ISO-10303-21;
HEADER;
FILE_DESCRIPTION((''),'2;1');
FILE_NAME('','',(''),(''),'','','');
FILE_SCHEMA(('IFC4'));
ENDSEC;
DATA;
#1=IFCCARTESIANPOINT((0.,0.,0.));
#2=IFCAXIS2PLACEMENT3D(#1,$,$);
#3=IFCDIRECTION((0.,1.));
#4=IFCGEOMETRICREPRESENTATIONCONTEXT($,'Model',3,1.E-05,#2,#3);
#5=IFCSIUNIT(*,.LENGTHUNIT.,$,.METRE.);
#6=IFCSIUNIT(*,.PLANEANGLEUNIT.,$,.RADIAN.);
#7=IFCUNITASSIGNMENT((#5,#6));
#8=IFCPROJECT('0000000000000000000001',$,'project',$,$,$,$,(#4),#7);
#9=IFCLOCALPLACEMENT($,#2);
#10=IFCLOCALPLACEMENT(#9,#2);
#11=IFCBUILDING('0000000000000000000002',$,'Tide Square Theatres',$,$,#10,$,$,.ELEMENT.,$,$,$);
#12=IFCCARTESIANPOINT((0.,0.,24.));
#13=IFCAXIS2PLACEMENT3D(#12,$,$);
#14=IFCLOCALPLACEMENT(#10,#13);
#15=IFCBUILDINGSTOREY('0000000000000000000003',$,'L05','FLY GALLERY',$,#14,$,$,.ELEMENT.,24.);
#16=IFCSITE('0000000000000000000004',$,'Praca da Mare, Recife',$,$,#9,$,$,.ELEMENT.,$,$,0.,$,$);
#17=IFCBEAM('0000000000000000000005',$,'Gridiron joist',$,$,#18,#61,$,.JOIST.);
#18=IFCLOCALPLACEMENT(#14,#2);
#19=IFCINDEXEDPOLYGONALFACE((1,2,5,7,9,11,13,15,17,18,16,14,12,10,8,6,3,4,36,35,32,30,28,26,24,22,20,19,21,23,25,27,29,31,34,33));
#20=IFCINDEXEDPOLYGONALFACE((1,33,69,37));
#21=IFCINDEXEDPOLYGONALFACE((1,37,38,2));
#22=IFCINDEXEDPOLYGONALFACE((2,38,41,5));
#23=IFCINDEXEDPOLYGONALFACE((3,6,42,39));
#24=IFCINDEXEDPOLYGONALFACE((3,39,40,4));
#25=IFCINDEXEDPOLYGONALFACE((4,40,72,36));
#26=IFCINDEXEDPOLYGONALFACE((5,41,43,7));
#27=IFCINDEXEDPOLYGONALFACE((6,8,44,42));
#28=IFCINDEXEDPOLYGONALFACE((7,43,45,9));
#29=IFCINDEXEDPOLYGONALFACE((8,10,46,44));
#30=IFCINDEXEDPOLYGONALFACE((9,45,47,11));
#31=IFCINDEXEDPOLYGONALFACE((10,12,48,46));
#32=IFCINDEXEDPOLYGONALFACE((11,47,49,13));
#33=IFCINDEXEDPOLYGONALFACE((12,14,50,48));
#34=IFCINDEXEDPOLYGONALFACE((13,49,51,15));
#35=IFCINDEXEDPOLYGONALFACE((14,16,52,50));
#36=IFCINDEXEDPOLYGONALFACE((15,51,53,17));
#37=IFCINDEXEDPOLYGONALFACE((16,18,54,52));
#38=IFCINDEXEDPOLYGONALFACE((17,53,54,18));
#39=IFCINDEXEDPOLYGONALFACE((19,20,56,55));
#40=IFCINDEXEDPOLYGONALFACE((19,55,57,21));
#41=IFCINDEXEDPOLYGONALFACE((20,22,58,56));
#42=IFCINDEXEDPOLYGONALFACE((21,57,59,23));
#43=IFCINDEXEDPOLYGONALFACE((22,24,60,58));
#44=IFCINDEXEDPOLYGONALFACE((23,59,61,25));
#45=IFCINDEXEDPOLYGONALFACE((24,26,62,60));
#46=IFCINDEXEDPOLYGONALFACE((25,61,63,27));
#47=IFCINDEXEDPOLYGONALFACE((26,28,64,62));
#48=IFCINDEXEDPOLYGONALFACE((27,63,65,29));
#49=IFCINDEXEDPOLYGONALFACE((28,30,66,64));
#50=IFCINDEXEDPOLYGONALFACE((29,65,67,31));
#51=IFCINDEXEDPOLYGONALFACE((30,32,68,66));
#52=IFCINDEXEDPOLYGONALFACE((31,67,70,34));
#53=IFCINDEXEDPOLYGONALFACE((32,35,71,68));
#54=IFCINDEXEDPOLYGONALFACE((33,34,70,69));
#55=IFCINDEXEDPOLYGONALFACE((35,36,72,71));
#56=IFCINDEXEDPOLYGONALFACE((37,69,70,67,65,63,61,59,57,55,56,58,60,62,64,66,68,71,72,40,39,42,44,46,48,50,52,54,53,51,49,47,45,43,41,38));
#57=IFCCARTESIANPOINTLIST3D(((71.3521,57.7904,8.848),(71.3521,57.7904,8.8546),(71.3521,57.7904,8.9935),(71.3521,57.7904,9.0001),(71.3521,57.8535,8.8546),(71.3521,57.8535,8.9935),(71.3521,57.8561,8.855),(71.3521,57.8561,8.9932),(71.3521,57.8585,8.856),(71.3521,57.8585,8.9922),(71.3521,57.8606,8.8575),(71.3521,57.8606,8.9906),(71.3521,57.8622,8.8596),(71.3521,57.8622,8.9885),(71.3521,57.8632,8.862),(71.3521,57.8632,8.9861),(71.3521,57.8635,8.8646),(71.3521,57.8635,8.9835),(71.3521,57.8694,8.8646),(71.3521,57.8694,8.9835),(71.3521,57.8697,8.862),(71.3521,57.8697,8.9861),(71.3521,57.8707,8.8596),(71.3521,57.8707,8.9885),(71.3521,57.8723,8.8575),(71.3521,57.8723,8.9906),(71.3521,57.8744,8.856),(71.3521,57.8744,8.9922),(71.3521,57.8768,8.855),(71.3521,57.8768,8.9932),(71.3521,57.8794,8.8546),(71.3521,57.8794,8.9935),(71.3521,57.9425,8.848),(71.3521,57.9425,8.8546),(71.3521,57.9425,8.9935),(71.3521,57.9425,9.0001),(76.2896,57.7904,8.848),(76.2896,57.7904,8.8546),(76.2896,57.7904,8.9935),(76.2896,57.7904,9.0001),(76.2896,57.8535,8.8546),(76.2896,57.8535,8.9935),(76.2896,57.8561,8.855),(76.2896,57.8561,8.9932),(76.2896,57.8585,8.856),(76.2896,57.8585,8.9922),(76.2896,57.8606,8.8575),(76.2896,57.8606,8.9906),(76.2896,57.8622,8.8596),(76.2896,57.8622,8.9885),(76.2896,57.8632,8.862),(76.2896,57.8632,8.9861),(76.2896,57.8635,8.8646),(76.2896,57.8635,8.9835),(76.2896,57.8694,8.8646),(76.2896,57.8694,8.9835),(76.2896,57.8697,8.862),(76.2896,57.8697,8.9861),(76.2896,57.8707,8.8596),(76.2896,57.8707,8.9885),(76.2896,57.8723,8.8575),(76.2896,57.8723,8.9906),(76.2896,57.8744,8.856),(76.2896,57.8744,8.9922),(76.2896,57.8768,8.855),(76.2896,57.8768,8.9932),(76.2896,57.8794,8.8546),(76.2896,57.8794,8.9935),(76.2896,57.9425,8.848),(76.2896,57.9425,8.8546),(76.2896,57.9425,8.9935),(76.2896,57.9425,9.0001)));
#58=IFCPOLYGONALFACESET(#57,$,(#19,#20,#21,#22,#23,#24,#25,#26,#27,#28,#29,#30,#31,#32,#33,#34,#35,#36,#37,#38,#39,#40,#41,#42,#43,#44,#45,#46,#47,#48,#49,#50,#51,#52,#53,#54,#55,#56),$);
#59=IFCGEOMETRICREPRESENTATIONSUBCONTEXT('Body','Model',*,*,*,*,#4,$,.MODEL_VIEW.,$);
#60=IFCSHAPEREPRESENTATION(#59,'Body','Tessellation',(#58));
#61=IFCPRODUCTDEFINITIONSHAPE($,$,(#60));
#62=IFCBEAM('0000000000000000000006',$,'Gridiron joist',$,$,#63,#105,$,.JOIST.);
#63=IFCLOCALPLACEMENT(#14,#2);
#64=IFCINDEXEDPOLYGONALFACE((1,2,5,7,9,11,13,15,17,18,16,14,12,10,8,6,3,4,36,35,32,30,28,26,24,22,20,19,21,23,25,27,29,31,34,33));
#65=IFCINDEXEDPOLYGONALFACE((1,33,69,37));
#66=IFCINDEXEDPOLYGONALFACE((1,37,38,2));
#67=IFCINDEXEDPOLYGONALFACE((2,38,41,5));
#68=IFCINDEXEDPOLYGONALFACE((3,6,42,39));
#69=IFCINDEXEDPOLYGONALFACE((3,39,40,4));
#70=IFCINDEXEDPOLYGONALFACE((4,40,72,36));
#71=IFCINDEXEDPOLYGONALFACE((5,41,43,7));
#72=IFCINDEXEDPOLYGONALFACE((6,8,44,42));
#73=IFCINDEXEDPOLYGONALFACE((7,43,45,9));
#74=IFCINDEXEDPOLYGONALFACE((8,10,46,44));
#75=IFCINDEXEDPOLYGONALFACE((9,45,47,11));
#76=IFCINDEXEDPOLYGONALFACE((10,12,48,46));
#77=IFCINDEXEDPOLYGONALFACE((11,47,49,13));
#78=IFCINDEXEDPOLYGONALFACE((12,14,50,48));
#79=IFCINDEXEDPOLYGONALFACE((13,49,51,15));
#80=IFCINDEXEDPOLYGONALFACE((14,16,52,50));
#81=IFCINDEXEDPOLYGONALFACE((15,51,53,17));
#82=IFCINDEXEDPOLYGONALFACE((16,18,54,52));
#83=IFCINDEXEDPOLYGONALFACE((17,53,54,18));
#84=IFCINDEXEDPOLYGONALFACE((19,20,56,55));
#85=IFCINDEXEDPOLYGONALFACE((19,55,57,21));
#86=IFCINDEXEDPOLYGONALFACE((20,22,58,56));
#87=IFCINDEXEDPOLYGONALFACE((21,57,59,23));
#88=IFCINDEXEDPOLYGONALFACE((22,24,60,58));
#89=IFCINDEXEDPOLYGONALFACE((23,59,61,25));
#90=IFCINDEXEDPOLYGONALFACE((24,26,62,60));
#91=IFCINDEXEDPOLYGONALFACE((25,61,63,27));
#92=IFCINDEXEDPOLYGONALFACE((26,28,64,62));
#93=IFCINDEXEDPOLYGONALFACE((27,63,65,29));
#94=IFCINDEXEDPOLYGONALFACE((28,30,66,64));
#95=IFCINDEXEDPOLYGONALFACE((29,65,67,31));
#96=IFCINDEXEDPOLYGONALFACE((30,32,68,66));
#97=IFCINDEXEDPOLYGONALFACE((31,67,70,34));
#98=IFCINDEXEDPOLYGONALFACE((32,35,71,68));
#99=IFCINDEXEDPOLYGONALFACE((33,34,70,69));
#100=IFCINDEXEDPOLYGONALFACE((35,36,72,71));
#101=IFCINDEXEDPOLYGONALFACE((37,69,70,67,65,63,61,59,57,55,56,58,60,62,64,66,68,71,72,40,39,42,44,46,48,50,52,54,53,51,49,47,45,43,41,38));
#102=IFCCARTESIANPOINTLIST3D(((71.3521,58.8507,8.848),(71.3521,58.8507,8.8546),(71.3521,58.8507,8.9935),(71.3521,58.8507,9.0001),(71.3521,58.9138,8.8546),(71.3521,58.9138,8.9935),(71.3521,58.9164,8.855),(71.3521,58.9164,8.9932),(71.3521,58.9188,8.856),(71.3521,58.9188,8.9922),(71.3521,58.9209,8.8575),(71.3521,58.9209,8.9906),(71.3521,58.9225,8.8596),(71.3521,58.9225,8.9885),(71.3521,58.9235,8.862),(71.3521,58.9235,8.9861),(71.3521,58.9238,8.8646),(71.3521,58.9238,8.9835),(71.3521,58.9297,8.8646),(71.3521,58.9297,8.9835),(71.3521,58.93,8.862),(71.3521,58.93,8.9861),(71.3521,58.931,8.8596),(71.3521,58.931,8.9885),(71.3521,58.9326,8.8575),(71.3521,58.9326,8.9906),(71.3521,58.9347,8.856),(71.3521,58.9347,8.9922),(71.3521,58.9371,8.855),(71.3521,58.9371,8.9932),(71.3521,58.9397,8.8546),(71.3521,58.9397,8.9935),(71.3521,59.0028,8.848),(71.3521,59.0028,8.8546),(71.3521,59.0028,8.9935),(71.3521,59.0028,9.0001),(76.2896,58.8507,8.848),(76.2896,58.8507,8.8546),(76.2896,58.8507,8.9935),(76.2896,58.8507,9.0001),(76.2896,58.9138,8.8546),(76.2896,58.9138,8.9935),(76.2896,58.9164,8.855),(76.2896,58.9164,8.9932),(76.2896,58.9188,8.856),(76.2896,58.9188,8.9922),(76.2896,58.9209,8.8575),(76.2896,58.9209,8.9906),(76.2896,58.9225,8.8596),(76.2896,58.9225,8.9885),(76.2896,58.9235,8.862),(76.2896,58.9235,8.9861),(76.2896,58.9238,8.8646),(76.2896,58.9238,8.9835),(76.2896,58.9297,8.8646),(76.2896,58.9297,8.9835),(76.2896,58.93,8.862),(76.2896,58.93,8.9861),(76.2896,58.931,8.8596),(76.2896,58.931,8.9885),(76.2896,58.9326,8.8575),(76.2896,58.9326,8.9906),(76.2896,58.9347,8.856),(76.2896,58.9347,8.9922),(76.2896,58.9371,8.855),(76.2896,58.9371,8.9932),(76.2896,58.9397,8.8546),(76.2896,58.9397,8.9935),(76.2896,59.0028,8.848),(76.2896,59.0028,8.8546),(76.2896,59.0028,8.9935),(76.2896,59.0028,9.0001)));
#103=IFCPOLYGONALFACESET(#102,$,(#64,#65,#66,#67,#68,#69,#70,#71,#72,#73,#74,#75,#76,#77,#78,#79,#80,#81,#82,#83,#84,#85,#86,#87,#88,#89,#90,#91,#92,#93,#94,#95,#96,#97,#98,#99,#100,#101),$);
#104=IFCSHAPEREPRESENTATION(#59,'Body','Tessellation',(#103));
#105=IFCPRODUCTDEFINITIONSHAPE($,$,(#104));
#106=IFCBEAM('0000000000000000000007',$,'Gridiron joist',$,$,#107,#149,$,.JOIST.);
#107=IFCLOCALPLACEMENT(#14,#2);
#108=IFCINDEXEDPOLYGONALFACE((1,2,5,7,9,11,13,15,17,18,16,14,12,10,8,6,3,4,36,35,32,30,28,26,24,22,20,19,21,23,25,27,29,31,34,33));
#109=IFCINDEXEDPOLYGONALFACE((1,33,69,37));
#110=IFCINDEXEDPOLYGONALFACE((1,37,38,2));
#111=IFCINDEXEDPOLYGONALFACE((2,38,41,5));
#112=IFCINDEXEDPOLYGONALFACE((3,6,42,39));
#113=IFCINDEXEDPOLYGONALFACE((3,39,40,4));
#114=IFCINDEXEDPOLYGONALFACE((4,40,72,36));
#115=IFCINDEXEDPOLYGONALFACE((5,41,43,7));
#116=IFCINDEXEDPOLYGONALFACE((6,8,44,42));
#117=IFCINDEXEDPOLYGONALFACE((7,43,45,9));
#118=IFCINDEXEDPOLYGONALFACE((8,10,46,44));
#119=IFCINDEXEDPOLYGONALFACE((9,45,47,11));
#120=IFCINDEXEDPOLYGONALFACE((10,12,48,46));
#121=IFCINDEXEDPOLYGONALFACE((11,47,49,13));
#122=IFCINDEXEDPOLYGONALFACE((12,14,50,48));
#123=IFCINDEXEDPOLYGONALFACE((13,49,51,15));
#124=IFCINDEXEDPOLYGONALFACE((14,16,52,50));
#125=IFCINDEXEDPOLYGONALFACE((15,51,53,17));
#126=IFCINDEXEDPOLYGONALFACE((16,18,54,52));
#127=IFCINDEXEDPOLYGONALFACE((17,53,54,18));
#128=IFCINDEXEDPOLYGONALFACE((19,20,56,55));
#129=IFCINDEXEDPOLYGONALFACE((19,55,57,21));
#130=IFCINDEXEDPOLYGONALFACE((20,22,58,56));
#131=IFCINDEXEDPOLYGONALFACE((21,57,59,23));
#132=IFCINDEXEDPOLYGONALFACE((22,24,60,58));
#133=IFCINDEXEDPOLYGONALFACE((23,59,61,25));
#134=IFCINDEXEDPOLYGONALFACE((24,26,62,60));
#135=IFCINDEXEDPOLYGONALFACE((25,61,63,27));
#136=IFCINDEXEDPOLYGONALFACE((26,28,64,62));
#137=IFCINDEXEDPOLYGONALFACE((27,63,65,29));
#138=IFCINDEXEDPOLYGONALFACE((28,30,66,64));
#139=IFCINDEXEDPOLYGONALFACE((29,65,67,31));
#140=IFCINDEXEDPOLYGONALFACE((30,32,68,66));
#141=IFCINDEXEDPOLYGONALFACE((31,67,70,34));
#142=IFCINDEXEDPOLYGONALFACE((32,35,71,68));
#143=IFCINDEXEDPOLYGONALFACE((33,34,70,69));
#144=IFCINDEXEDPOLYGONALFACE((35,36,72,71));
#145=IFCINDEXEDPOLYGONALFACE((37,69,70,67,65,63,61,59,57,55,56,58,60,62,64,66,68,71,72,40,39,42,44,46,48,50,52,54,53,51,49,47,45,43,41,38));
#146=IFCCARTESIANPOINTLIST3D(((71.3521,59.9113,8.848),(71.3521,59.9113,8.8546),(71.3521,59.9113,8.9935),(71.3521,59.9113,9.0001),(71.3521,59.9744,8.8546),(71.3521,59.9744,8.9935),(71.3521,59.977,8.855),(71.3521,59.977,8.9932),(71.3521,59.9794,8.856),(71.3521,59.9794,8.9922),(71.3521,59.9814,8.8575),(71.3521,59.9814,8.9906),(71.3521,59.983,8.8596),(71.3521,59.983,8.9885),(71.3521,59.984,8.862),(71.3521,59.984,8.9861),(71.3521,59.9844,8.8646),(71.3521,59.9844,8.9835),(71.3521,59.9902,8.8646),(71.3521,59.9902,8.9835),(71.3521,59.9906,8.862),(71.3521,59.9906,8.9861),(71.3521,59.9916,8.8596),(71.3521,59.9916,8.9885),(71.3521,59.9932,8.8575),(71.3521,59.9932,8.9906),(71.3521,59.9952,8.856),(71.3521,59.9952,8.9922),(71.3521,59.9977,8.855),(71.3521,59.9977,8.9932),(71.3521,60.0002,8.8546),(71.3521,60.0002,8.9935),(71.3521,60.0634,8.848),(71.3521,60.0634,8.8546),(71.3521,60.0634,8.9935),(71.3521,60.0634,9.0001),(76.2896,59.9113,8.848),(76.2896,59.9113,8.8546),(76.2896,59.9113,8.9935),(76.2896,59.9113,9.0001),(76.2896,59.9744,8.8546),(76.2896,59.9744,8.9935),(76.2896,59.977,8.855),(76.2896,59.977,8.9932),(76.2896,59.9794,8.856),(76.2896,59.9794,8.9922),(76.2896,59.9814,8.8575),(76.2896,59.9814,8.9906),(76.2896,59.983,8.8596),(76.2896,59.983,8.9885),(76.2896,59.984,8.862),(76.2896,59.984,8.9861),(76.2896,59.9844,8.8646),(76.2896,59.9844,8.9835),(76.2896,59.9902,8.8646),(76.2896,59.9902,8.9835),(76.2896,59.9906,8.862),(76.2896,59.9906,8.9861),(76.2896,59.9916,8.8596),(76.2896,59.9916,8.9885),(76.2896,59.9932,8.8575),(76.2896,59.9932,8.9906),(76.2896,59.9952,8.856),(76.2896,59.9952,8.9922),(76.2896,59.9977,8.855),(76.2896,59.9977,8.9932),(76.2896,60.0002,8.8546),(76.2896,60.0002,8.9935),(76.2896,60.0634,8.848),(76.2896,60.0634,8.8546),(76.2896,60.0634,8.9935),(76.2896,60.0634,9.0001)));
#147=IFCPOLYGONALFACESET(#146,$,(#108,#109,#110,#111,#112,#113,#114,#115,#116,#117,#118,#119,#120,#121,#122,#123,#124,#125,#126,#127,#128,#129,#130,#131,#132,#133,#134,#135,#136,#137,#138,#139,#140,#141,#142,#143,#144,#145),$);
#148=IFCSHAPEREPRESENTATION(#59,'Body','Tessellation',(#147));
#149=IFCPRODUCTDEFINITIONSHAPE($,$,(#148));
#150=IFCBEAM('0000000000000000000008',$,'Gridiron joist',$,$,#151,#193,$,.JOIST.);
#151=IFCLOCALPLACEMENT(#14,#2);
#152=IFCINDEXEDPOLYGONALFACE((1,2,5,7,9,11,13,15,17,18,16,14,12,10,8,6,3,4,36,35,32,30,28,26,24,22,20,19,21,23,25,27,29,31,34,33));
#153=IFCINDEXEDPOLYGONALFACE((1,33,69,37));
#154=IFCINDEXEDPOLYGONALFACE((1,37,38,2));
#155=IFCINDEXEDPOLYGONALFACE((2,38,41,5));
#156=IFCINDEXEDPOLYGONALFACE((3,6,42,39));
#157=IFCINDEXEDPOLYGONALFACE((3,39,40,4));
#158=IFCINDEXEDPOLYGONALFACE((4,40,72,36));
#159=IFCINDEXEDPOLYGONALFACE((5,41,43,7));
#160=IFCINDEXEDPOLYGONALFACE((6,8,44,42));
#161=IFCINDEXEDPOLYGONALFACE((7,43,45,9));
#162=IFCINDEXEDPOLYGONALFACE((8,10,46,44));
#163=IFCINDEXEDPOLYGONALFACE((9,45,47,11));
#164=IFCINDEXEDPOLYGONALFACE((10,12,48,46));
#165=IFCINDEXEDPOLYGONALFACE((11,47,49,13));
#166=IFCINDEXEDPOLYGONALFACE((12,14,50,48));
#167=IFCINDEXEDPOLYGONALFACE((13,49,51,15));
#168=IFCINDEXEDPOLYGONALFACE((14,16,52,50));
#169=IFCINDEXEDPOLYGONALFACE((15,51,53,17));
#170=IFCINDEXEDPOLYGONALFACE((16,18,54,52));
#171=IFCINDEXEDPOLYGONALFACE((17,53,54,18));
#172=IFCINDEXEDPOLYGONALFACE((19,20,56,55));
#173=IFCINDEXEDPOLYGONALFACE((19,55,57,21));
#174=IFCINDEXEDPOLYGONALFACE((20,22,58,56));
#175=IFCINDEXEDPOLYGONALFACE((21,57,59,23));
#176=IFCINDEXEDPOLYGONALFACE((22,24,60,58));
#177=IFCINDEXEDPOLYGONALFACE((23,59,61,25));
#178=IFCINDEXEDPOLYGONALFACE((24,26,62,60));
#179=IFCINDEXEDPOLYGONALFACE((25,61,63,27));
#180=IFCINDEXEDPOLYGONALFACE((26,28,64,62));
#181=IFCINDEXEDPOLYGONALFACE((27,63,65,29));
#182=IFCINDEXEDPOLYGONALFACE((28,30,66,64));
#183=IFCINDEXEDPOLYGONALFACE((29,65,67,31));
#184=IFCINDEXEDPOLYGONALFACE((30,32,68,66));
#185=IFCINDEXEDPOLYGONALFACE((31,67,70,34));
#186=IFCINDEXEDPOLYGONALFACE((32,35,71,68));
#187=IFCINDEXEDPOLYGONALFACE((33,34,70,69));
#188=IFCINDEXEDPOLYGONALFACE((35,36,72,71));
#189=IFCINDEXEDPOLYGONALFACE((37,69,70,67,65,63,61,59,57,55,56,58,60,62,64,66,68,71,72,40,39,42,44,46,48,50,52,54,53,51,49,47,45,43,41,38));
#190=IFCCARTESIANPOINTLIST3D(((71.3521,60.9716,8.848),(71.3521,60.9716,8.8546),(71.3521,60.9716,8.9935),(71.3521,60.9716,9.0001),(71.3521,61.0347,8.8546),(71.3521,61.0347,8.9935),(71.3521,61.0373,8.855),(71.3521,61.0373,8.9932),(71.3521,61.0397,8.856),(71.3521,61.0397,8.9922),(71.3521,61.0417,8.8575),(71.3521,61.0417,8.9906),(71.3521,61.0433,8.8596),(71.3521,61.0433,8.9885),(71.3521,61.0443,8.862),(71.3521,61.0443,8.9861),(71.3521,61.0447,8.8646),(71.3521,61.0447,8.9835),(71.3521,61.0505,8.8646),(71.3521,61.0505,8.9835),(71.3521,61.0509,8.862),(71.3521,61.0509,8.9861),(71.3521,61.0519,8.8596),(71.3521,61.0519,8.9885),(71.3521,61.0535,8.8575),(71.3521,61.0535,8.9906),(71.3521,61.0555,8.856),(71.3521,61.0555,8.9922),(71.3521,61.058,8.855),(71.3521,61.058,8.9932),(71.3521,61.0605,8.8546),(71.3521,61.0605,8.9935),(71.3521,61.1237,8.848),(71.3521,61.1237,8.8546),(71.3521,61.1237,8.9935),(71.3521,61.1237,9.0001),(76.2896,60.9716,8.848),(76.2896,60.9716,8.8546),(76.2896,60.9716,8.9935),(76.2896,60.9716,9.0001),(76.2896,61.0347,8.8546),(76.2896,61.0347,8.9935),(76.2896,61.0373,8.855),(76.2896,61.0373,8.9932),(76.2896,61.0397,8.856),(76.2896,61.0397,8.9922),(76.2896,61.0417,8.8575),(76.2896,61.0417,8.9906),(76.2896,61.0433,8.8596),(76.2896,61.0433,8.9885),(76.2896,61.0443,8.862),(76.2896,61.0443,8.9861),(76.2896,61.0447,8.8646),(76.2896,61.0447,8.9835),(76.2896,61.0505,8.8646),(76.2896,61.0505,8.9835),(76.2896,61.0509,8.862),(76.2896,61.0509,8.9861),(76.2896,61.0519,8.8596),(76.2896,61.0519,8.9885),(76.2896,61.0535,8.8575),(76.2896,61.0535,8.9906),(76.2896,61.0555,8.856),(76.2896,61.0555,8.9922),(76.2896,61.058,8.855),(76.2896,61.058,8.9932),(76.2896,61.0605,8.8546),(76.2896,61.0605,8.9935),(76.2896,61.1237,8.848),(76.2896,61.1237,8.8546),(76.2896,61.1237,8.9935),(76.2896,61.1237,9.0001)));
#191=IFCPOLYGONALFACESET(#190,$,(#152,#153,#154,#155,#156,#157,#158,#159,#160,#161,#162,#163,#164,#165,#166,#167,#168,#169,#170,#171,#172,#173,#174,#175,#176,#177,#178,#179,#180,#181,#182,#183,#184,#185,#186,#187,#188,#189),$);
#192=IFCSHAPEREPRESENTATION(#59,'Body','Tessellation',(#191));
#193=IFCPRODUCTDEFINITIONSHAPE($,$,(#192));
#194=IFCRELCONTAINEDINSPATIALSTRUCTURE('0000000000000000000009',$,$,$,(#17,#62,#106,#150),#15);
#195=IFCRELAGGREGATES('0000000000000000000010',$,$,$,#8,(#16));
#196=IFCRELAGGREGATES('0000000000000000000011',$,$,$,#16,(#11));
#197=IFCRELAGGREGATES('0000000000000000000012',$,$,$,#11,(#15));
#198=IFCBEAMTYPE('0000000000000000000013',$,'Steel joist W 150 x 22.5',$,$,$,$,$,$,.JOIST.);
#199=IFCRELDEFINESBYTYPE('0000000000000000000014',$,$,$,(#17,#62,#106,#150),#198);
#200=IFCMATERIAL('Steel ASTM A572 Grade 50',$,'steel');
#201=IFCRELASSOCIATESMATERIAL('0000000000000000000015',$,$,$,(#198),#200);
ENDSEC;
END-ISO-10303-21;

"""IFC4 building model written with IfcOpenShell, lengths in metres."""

from ifc_helpers import new_model, si_unit, direction, frame, origin, origin_2d, place, context, subcontext, project, spatial, i_section, extrude, material, material_profile, profile_set, type_object, element, save


model = new_model("IFC4")

# Units and contexts
model_context = context("Model", 3, precision=1e-05, world=origin(), true_north=direction((0.0, 1.0)))
body_context = subcontext(model_context, "Body", "Model", "MODEL_VIEW")
ifc_project = project(units=[si_unit("LENGTHUNIT", "METRE"), si_unit("PLANEANGLEUNIT", "RADIAN")], contexts=[model_context])

# Site, building, storey
site_placement = place(None, origin())
site = spatial("IfcSite", under=ifc_project, at=site_placement, Name="Praca da Mare, Recife", CompositionType="ELEMENT", RefElevation=0.0)
building_placement = place(site_placement, origin())
building = spatial("IfcBuilding", under=site, at=building_placement, Name="Tide Square Theatres", CompositionType="ELEMENT")
storey_placement = place(building_placement, frame((0.0, 0.0, 24.0)))
storey = spatial("IfcBuildingStorey", under=building, at=storey_placement, Name="L05", Description="FLY GALLERY", CompositionType="ELEMENT", Elevation=24.0)

# Beams
ifc_material_1 = material(Name="Steel ASTM A572 Grade 50", Category="steel")
ifc_material_profile_1 = material_profile(ifc_material_1, i_section(OverallWidth=0.1521, OverallDepth=0.1521, WebThickness=0.0059, FlangeThickness=0.0066, FilletRadius=0.01, at=origin_2d()))
ifc_profile_set_1 = profile_set([ifc_material_profile_1], Name="Steel ASTM A572 Grade 50")
beam_type_1 = type_object("IfcBeamType", Name="Steel joist W 150 x 22.5", PredefinedType="JOIST", material=ifc_profile_set_1)
for number, where, z_axis, x_axis, name in (
    (1, (71.3521, 57.8665, 8.9241), (1.0, 0.0, 0.0), (0.0, 1.0, 0.0), "Gridiron joist"),
    (2, (71.3521, 58.9268, 8.9241), (1.0, 0.0, 0.0), (0.0, 1.0, 0.0), "Gridiron joist"),
    (3, (71.3521, 59.9873, 8.9241), (1.0, 0.0, 0.0), (0.0, 1.0, 0.0), "Gridiron joist"),
    (4, (71.3521, 61.0476, 8.9241), (1.0, 0.0, 0.0), (0.0, 1.0, 0.0), "Gridiron joist"),
):
    element("IfcBeam", number, at=place(storey_placement, frame(where, z_axis=z_axis, x_axis=x_axis)), inside=storey, type_object=beam_type_1, Name=name, PredefinedType="JOIST", context=body_context, shape_type="SweptSolid", body=[
        extrude(i_section(OverallWidth=0.1521, OverallDepth=0.1521, WebThickness=0.0059, FlangeThickness=0.0066, FilletRadius=0.01, at=origin_2d()), origin(), (0.0, 0.0, 1.0), 4.9375),
    ])

save(model, "model.ifc")
